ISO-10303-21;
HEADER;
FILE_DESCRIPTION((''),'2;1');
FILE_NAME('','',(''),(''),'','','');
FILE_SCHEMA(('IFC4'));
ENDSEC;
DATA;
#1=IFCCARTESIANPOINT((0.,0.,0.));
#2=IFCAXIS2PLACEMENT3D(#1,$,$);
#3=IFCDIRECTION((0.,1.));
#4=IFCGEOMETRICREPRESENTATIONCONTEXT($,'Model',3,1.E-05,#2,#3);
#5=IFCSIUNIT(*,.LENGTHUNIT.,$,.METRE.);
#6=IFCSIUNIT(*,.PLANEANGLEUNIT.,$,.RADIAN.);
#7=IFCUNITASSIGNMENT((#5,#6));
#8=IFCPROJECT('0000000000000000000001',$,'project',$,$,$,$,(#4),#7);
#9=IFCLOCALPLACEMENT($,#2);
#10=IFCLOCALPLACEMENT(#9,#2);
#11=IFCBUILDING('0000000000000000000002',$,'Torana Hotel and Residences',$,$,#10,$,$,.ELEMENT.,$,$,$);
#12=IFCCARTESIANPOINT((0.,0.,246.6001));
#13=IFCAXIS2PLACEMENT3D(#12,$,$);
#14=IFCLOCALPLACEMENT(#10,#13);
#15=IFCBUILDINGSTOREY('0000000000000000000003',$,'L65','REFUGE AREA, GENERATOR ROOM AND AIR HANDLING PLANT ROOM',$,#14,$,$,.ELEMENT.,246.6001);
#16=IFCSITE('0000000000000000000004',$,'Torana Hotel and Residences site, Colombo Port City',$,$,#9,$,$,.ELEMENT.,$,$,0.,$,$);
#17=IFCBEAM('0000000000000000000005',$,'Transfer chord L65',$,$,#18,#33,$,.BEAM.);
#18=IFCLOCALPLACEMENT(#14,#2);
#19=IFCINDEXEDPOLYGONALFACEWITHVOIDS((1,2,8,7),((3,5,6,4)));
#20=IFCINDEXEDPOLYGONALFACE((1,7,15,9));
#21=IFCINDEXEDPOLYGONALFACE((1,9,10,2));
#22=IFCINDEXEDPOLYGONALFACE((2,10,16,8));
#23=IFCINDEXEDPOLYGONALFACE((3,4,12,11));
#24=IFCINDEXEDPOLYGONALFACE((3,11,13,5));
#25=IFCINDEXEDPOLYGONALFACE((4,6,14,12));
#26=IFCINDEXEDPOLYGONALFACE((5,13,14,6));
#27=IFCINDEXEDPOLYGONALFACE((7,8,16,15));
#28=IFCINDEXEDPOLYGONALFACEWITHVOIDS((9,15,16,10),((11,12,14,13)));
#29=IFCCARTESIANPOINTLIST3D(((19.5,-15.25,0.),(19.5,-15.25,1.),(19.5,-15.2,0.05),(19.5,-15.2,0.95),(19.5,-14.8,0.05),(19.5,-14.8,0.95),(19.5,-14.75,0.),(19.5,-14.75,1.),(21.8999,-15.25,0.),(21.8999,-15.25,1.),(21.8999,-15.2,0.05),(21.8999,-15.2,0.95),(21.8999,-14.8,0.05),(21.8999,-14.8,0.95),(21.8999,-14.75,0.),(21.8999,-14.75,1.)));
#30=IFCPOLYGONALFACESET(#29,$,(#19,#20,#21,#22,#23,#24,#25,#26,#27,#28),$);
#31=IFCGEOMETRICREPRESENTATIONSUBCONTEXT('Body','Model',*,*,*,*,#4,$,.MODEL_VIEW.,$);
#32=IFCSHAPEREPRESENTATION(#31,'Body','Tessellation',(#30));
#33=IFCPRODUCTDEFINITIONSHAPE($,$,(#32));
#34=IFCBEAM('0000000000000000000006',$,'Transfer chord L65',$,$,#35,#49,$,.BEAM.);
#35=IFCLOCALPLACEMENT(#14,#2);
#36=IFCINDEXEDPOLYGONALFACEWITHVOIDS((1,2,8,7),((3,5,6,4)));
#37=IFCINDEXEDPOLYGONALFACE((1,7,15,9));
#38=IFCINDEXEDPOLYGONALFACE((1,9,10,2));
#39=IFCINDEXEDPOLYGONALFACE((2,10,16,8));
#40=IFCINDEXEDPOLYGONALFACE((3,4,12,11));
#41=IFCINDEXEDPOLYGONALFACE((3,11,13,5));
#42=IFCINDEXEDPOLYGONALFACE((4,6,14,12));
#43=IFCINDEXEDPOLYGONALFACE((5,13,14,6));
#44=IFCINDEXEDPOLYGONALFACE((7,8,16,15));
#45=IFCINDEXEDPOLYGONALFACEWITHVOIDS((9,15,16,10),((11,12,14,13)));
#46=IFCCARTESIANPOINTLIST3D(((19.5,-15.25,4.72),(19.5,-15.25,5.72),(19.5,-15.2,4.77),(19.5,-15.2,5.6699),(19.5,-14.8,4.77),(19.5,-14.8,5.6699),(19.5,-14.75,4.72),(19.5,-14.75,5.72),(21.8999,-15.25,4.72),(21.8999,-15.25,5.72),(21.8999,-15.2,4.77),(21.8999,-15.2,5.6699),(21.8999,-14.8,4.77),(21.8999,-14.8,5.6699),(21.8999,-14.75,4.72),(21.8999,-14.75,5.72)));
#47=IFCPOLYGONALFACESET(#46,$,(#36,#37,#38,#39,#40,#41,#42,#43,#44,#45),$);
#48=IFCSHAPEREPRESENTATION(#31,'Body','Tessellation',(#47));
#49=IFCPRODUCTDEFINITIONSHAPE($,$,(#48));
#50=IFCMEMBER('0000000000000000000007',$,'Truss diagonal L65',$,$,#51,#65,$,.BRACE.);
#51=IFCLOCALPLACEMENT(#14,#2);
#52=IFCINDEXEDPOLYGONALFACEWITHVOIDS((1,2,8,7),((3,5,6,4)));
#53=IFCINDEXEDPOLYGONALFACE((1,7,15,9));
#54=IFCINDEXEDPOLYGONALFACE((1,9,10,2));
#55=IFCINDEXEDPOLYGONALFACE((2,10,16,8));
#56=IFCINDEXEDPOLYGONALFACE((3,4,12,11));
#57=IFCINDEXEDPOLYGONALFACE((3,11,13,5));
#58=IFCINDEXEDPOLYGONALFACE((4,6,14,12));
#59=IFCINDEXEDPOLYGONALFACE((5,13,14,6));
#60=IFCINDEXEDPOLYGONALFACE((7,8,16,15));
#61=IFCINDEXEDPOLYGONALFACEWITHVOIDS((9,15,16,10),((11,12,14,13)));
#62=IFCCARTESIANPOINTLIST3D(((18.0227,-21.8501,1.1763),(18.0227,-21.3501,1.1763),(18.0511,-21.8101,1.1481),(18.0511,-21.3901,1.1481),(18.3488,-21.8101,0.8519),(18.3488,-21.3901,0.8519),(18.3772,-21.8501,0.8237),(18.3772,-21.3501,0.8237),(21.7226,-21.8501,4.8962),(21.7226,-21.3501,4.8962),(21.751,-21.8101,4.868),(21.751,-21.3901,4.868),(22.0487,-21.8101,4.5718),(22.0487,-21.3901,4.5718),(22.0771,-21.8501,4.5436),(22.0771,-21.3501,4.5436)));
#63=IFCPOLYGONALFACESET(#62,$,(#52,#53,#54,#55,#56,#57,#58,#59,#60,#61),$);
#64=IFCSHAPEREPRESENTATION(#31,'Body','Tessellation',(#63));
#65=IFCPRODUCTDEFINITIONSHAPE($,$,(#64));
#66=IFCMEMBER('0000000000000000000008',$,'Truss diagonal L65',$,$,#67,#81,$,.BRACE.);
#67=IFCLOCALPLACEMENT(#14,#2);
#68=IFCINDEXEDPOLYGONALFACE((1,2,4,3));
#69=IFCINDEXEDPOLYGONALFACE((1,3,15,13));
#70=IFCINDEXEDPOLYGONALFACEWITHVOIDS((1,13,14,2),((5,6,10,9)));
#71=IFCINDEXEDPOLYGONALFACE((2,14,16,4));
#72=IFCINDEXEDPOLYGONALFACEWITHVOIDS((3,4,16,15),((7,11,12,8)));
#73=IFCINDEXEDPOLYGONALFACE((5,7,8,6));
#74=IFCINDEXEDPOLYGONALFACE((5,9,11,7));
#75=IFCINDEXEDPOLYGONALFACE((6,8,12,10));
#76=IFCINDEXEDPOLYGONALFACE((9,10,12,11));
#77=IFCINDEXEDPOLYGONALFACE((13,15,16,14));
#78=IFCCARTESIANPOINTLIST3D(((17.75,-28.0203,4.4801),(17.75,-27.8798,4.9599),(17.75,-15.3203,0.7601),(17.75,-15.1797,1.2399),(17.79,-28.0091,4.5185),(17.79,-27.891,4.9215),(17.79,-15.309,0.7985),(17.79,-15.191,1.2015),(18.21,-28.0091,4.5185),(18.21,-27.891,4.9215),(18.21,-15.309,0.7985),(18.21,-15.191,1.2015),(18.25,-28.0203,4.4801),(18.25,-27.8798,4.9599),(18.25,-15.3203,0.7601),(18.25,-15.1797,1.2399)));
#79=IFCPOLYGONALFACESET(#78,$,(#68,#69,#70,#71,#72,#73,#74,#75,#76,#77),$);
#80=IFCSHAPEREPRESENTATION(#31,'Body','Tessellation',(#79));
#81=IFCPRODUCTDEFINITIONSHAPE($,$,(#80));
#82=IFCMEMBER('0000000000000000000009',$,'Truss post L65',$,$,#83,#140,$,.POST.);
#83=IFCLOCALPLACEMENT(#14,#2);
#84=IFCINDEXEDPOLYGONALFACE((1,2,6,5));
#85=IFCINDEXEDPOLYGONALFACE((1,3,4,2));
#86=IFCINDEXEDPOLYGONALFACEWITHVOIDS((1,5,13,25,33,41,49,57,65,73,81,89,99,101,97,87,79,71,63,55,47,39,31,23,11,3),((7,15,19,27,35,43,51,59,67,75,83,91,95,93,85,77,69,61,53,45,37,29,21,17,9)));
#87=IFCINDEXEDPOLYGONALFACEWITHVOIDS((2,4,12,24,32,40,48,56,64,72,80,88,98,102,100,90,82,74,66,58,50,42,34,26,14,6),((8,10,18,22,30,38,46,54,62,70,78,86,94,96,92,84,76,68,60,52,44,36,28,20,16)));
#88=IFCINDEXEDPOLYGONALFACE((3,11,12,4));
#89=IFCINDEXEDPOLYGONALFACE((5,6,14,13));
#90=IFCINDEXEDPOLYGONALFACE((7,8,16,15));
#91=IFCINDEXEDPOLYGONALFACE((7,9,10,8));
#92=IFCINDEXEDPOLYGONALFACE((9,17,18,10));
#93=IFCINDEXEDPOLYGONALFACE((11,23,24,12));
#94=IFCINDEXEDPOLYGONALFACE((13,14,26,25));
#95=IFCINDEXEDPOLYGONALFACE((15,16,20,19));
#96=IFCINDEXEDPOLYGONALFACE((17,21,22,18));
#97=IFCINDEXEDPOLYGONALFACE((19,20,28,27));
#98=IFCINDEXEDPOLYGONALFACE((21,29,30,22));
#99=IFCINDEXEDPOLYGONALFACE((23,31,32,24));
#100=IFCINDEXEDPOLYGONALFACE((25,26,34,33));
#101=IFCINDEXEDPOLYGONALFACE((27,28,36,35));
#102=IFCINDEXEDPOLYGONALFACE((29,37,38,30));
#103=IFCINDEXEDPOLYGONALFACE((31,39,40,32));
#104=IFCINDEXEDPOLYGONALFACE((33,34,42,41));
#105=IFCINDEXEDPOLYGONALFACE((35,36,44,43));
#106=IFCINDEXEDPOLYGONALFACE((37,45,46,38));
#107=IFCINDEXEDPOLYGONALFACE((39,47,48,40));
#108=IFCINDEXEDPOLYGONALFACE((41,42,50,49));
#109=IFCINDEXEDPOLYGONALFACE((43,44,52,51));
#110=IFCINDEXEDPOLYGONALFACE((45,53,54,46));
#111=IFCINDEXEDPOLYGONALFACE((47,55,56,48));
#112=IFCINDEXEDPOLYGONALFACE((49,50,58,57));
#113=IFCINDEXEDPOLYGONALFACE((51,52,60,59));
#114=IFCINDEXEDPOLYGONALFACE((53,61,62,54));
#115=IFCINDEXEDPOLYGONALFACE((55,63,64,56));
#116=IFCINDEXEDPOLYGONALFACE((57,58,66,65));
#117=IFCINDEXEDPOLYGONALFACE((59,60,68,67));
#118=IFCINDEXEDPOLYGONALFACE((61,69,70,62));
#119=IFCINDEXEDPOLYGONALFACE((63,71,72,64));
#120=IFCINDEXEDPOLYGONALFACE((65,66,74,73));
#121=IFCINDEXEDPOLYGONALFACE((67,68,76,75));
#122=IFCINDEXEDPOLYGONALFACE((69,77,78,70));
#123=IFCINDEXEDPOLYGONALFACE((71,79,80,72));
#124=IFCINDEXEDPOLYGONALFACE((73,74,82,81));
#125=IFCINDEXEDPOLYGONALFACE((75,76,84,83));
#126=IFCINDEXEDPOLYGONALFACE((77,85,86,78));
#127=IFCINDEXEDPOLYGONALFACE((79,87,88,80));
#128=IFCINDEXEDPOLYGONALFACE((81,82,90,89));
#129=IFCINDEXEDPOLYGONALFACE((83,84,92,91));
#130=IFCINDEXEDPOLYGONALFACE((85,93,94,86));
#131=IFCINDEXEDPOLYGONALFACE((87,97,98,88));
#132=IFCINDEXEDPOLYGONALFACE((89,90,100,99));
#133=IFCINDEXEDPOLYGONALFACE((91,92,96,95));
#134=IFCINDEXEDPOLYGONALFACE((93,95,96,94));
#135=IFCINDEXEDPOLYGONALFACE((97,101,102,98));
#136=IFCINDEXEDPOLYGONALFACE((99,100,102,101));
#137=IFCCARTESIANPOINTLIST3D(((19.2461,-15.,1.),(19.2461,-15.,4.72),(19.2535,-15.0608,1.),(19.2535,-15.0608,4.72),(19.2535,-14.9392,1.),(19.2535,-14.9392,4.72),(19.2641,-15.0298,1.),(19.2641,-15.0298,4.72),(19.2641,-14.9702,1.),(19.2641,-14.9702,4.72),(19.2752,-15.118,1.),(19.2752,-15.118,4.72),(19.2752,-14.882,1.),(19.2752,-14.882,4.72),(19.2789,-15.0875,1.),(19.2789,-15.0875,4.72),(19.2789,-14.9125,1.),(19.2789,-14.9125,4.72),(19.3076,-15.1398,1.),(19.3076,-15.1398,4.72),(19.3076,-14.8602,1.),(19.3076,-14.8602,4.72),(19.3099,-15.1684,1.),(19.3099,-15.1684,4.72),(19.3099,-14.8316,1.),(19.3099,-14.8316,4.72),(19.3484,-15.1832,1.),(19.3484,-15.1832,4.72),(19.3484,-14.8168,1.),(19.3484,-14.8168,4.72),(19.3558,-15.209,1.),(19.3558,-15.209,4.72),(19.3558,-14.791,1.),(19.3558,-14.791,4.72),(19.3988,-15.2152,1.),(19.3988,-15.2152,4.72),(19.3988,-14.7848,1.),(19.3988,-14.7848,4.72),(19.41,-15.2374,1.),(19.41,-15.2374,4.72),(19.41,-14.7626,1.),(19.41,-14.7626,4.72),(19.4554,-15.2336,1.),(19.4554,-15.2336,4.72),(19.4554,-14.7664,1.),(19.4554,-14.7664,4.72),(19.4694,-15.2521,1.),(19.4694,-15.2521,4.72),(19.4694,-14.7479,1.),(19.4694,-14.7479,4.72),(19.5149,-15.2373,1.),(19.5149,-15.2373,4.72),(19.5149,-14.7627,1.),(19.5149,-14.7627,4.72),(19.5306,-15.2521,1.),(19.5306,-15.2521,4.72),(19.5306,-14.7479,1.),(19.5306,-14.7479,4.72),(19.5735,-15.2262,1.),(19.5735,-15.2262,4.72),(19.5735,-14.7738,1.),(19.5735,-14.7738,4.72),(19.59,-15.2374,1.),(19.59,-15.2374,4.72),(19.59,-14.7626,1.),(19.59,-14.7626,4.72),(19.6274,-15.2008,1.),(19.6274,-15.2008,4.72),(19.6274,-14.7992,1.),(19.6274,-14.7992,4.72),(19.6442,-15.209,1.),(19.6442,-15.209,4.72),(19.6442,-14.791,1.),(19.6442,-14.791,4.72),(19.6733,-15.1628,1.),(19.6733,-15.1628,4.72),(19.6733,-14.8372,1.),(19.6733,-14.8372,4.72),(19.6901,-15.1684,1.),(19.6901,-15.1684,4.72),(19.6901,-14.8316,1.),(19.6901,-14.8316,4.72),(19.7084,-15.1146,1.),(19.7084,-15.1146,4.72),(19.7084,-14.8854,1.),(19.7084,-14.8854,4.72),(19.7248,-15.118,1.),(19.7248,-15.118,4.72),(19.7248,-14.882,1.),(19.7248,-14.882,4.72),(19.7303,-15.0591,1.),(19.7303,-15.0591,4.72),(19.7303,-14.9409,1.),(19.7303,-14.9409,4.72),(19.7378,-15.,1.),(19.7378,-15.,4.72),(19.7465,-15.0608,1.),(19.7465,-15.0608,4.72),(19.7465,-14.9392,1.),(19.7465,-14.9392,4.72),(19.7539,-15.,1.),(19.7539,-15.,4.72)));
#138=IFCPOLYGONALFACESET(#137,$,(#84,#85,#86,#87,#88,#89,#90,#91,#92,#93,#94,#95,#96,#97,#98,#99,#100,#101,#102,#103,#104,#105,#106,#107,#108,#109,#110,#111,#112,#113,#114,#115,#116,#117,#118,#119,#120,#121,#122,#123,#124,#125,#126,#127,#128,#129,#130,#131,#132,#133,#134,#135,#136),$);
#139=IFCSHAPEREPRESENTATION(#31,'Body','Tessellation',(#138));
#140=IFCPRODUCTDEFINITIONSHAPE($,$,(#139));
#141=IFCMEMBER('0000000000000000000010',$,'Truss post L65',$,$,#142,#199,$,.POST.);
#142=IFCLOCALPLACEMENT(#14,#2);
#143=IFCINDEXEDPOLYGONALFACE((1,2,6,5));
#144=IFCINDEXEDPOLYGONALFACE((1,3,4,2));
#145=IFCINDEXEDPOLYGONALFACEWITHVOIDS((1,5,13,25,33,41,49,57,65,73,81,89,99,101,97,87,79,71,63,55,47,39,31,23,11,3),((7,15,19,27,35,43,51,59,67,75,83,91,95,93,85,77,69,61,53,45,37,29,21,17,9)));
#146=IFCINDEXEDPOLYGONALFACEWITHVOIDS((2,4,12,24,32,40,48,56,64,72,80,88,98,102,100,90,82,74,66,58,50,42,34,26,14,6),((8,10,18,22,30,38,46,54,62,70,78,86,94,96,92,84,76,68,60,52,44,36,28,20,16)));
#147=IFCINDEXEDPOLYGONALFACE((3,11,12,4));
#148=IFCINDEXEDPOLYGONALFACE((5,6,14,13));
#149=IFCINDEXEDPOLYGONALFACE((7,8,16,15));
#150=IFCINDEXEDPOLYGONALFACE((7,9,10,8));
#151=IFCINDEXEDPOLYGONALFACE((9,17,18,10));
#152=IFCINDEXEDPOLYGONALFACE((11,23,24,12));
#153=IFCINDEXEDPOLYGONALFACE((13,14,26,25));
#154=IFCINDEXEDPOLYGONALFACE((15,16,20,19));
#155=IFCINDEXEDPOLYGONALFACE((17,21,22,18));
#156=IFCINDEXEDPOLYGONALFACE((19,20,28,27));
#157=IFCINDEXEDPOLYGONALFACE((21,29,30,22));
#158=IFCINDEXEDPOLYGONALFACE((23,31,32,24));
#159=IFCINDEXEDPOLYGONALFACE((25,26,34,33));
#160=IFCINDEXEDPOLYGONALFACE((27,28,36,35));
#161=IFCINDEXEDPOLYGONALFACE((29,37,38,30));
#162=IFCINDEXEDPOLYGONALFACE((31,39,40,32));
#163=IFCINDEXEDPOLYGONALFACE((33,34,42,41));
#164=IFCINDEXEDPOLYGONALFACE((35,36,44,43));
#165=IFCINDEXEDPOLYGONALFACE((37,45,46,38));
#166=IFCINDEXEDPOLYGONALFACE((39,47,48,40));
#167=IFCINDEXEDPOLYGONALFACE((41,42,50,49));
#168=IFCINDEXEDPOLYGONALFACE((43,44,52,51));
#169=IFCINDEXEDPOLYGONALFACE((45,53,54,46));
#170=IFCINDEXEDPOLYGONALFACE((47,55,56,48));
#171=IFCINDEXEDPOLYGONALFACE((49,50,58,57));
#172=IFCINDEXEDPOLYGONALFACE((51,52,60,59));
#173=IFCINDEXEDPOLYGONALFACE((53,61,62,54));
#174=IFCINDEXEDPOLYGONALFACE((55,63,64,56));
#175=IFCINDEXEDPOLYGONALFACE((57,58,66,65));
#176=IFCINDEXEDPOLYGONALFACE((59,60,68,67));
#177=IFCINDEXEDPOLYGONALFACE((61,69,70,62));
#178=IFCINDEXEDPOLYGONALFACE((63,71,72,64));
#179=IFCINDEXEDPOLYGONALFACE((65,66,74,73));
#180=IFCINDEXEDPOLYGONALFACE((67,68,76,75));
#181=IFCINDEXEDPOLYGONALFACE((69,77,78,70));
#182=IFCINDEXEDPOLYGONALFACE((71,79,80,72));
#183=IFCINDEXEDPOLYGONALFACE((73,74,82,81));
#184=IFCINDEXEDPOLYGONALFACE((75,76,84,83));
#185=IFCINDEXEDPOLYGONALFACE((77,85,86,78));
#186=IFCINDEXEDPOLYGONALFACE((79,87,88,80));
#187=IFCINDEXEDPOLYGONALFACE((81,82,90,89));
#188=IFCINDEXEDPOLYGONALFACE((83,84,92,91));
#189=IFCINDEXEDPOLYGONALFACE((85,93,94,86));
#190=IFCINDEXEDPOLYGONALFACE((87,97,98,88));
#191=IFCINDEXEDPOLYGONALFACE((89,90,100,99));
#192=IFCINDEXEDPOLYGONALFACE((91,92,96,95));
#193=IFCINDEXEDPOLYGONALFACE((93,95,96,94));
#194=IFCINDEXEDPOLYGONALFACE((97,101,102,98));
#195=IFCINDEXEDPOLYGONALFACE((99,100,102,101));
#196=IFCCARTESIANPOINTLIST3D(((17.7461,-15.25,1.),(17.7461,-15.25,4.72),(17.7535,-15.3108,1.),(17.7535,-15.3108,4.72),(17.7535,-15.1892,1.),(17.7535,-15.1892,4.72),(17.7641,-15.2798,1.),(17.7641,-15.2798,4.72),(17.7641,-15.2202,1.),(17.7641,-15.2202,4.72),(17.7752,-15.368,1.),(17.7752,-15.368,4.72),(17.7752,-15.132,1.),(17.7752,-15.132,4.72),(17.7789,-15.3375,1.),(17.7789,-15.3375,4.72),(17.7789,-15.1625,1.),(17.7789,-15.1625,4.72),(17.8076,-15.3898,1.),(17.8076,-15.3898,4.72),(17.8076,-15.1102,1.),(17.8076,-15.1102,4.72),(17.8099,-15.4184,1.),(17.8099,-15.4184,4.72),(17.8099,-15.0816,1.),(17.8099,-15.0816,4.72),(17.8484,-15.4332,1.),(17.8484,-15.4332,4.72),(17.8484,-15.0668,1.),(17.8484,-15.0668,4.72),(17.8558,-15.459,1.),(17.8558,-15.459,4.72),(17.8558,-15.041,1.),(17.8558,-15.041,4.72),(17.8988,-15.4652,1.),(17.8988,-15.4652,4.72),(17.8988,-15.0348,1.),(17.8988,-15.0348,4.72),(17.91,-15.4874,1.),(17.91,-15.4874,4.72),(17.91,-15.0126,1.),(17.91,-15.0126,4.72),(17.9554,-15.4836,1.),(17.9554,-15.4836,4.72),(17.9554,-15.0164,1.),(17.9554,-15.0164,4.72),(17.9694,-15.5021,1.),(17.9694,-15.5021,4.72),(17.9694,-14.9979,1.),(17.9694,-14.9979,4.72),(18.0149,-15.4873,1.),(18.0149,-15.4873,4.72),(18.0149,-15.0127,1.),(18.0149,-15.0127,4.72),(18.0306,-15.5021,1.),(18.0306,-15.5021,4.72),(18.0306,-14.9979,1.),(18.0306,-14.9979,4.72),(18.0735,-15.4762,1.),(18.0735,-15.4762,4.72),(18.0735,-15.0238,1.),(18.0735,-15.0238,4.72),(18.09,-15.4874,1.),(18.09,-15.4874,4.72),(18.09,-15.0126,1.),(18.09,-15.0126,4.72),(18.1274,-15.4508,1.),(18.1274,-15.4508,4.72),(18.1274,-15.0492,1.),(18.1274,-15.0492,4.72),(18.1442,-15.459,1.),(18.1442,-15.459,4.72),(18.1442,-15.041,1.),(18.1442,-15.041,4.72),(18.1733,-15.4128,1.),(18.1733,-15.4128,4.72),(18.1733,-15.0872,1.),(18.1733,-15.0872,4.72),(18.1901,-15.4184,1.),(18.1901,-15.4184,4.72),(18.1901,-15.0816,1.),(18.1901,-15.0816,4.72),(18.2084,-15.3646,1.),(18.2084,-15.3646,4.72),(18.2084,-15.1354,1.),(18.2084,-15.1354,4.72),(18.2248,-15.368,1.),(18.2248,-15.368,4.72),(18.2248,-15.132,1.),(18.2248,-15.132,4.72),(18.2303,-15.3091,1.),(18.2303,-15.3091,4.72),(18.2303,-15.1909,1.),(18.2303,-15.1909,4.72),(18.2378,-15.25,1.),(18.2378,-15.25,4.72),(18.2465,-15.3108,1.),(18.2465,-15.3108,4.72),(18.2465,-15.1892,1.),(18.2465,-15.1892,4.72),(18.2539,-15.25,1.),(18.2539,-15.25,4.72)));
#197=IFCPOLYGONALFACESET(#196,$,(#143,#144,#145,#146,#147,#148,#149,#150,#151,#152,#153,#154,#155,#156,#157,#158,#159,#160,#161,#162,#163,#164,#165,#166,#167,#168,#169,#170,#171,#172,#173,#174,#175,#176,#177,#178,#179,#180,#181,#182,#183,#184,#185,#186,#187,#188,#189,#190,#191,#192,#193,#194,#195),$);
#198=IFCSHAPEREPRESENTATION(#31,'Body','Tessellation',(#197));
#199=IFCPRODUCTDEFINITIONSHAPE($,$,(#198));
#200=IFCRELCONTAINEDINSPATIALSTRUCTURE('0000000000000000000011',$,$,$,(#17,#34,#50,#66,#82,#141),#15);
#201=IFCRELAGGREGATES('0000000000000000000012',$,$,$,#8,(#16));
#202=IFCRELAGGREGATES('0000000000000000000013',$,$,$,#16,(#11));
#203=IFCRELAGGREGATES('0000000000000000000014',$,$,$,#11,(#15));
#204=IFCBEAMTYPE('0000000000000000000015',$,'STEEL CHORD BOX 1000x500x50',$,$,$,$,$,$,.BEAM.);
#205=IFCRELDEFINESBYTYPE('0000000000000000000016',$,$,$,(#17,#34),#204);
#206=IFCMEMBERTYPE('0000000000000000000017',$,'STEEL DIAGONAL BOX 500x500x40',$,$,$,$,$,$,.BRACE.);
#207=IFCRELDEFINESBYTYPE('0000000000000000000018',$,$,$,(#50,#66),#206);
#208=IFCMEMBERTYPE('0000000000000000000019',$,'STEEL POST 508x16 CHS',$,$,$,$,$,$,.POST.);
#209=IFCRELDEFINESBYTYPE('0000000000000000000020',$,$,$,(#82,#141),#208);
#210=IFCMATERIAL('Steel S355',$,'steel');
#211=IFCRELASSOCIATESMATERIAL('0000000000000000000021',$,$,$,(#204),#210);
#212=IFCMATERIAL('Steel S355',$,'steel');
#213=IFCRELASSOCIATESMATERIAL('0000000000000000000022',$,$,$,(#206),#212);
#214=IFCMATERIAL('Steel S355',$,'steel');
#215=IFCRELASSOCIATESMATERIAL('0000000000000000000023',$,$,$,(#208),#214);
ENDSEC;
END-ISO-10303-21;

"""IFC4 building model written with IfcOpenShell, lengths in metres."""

from ifc_helpers import new_model, si_unit, direction, frame, origin, origin_2d, place, context, subcontext, project, spatial, hollow_rectangle, hollow_circle, extrude, material, material_profile, profile_set, type_object, element, save


model = new_model("IFC4")

# Units and contexts
model_context = context("Model", 3, precision=1e-05, world=origin(), true_north=direction((0.0, 1.0)))
body_context = subcontext(model_context, "Body", "Model", "MODEL_VIEW")
ifc_project = project(units=[si_unit("LENGTHUNIT", "METRE"), si_unit("PLANEANGLEUNIT", "RADIAN")], contexts=[model_context])

# Site, building, storey
site_placement = place(None, origin())
site = spatial("IfcSite", under=ifc_project, at=site_placement, Name="Torana Hotel and Residences site, Colombo Port City", CompositionType="ELEMENT", RefElevation=0.0)
building_placement = place(site_placement, origin())
building = spatial("IfcBuilding", under=site, at=building_placement, Name="Torana Hotel and Residences", CompositionType="ELEMENT")
storey_placement = place(building_placement, frame((0.0, 0.0, 246.6001)))
storey = spatial("IfcBuildingStorey", under=building, at=storey_placement, Name="L65", Description="REFUGE AREA, GENERATOR ROOM AND AIR HANDLING PLANT ROOM", CompositionType="ELEMENT", Elevation=246.6001)

# Beams
ifc_material_1 = material(Name="Steel S355", Category="steel")
ifc_material_profile_1 = material_profile(ifc_material_1, hollow_rectangle(XDim=0.5, YDim=1.0, WallThickness=0.05, at=origin_2d()), Name="BOX 1000x500x50")
ifc_profile_set_1 = profile_set([ifc_material_profile_1], Name="Steel S355")
beam_type = type_object("IfcBeamType", Name="STEEL CHORD BOX 1000x500x50", PredefinedType="BEAM", material=ifc_profile_set_1)
for number, where, z_axis, x_axis, name in (
    (1, (19.5, -15.0, 0.5), (1.0, 0.0, 0.0), (0.0, 1.0, 0.0), "Transfer chord L65"),
    (2, (19.5, -15.0, 5.22), (1.0, 0.0, 0.0), (0.0, 1.0, 0.0), "Transfer chord L65"),
):
    element("IfcBeam", number, at=place(storey_placement, frame(where, z_axis=z_axis, x_axis=x_axis)), inside=storey, type_object=beam_type, Name=name, PredefinedType="BEAM", context=body_context, shape_type="SweptSolid", body=[
        extrude(hollow_rectangle(XDim=0.5, YDim=1.0, WallThickness=0.05, at=origin_2d()), origin(), (0.0, 0.0, 1.0), 2.3999),
    ])

# Members
ifc_material_2 = material(Name="Steel S355", Category="steel")
ifc_material_profile_2 = material_profile(ifc_material_2, hollow_rectangle(XDim=0.5, YDim=0.5, WallThickness=0.04, at=origin_2d()), Name="BOX 500x500x40")
ifc_profile_set_2 = profile_set([ifc_material_profile_2], Name="Steel S355")
member_type_1 = type_object("IfcMemberType", Name="STEEL DIAGONAL BOX 500x500x40", PredefinedType="BRACE", material=ifc_profile_set_2)
member_1_placement = place(storey_placement, frame((18.2, -21.6001, 1.0), z_axis=(0.705196, 0.0, 0.709012), x_axis=(0.0, 1.0, 0.0)))
element("IfcMember", 3, at=member_1_placement, inside=storey, type_object=member_type_1, Name="Truss diagonal L65", PredefinedType="BRACE", context=body_context, shape_type="SweptSolid", body=[
    extrude(hollow_rectangle(XDim=0.5, YDim=0.5, WallThickness=0.04, at=origin_2d()), origin(), (0.0, 0.0, 1.0), 5.2466),
])
member_2_placement = place(storey_placement, frame((18.0, -15.25, 1.0), z_axis=(0.0, -0.959678, 0.281101), x_axis=(1.0, 0.0, 0.0)))
element("IfcMember", 4, at=member_2_placement, inside=storey, type_object=member_type_1, Name="Truss diagonal L65", PredefinedType="BRACE", context=body_context, shape_type="SweptSolid", body=[
    extrude(hollow_rectangle(XDim=0.5, YDim=0.5, WallThickness=0.04, at=origin_2d()), origin(), (0.0, 0.0, 1.0), 13.2336),
])
ifc_material_3 = material(Name="Steel S355", Category="steel")
ifc_material_profile_3 = material_profile(ifc_material_3, hollow_circle(Radius=0.2539, WallThickness=0.0161, at=origin_2d()), Name="508x16 CHS")
ifc_profile_set_3 = profile_set([ifc_material_profile_3], Name="Steel S355")
member_type_2 = type_object("IfcMemberType", Name="STEEL POST 508x16 CHS", PredefinedType="POST", material=ifc_profile_set_3)
for number, where, z_axis, x_axis, name in (
    (5, (19.5, -15.0, 1.0), (0.0, 0.0, 1.0), (1.0, 0.0, 0.0), "Truss post L65"),
    (6, (18.0, -15.25, 1.0), (0.0, 0.0, 1.0), (1.0, 0.0, 0.0), "Truss post L65"),
):
    element("IfcMember", number, at=place(storey_placement, frame(where, z_axis=z_axis, x_axis=x_axis)), inside=storey, type_object=member_type_2, Name=name, PredefinedType="POST", context=body_context, shape_type="SweptSolid", body=[
        extrude(hollow_circle(Radius=0.2539, WallThickness=0.0161, at=origin_2d()), origin(), (0.0, 0.0, 1.0), 3.72),
    ])

save(model, "model.ifc")
